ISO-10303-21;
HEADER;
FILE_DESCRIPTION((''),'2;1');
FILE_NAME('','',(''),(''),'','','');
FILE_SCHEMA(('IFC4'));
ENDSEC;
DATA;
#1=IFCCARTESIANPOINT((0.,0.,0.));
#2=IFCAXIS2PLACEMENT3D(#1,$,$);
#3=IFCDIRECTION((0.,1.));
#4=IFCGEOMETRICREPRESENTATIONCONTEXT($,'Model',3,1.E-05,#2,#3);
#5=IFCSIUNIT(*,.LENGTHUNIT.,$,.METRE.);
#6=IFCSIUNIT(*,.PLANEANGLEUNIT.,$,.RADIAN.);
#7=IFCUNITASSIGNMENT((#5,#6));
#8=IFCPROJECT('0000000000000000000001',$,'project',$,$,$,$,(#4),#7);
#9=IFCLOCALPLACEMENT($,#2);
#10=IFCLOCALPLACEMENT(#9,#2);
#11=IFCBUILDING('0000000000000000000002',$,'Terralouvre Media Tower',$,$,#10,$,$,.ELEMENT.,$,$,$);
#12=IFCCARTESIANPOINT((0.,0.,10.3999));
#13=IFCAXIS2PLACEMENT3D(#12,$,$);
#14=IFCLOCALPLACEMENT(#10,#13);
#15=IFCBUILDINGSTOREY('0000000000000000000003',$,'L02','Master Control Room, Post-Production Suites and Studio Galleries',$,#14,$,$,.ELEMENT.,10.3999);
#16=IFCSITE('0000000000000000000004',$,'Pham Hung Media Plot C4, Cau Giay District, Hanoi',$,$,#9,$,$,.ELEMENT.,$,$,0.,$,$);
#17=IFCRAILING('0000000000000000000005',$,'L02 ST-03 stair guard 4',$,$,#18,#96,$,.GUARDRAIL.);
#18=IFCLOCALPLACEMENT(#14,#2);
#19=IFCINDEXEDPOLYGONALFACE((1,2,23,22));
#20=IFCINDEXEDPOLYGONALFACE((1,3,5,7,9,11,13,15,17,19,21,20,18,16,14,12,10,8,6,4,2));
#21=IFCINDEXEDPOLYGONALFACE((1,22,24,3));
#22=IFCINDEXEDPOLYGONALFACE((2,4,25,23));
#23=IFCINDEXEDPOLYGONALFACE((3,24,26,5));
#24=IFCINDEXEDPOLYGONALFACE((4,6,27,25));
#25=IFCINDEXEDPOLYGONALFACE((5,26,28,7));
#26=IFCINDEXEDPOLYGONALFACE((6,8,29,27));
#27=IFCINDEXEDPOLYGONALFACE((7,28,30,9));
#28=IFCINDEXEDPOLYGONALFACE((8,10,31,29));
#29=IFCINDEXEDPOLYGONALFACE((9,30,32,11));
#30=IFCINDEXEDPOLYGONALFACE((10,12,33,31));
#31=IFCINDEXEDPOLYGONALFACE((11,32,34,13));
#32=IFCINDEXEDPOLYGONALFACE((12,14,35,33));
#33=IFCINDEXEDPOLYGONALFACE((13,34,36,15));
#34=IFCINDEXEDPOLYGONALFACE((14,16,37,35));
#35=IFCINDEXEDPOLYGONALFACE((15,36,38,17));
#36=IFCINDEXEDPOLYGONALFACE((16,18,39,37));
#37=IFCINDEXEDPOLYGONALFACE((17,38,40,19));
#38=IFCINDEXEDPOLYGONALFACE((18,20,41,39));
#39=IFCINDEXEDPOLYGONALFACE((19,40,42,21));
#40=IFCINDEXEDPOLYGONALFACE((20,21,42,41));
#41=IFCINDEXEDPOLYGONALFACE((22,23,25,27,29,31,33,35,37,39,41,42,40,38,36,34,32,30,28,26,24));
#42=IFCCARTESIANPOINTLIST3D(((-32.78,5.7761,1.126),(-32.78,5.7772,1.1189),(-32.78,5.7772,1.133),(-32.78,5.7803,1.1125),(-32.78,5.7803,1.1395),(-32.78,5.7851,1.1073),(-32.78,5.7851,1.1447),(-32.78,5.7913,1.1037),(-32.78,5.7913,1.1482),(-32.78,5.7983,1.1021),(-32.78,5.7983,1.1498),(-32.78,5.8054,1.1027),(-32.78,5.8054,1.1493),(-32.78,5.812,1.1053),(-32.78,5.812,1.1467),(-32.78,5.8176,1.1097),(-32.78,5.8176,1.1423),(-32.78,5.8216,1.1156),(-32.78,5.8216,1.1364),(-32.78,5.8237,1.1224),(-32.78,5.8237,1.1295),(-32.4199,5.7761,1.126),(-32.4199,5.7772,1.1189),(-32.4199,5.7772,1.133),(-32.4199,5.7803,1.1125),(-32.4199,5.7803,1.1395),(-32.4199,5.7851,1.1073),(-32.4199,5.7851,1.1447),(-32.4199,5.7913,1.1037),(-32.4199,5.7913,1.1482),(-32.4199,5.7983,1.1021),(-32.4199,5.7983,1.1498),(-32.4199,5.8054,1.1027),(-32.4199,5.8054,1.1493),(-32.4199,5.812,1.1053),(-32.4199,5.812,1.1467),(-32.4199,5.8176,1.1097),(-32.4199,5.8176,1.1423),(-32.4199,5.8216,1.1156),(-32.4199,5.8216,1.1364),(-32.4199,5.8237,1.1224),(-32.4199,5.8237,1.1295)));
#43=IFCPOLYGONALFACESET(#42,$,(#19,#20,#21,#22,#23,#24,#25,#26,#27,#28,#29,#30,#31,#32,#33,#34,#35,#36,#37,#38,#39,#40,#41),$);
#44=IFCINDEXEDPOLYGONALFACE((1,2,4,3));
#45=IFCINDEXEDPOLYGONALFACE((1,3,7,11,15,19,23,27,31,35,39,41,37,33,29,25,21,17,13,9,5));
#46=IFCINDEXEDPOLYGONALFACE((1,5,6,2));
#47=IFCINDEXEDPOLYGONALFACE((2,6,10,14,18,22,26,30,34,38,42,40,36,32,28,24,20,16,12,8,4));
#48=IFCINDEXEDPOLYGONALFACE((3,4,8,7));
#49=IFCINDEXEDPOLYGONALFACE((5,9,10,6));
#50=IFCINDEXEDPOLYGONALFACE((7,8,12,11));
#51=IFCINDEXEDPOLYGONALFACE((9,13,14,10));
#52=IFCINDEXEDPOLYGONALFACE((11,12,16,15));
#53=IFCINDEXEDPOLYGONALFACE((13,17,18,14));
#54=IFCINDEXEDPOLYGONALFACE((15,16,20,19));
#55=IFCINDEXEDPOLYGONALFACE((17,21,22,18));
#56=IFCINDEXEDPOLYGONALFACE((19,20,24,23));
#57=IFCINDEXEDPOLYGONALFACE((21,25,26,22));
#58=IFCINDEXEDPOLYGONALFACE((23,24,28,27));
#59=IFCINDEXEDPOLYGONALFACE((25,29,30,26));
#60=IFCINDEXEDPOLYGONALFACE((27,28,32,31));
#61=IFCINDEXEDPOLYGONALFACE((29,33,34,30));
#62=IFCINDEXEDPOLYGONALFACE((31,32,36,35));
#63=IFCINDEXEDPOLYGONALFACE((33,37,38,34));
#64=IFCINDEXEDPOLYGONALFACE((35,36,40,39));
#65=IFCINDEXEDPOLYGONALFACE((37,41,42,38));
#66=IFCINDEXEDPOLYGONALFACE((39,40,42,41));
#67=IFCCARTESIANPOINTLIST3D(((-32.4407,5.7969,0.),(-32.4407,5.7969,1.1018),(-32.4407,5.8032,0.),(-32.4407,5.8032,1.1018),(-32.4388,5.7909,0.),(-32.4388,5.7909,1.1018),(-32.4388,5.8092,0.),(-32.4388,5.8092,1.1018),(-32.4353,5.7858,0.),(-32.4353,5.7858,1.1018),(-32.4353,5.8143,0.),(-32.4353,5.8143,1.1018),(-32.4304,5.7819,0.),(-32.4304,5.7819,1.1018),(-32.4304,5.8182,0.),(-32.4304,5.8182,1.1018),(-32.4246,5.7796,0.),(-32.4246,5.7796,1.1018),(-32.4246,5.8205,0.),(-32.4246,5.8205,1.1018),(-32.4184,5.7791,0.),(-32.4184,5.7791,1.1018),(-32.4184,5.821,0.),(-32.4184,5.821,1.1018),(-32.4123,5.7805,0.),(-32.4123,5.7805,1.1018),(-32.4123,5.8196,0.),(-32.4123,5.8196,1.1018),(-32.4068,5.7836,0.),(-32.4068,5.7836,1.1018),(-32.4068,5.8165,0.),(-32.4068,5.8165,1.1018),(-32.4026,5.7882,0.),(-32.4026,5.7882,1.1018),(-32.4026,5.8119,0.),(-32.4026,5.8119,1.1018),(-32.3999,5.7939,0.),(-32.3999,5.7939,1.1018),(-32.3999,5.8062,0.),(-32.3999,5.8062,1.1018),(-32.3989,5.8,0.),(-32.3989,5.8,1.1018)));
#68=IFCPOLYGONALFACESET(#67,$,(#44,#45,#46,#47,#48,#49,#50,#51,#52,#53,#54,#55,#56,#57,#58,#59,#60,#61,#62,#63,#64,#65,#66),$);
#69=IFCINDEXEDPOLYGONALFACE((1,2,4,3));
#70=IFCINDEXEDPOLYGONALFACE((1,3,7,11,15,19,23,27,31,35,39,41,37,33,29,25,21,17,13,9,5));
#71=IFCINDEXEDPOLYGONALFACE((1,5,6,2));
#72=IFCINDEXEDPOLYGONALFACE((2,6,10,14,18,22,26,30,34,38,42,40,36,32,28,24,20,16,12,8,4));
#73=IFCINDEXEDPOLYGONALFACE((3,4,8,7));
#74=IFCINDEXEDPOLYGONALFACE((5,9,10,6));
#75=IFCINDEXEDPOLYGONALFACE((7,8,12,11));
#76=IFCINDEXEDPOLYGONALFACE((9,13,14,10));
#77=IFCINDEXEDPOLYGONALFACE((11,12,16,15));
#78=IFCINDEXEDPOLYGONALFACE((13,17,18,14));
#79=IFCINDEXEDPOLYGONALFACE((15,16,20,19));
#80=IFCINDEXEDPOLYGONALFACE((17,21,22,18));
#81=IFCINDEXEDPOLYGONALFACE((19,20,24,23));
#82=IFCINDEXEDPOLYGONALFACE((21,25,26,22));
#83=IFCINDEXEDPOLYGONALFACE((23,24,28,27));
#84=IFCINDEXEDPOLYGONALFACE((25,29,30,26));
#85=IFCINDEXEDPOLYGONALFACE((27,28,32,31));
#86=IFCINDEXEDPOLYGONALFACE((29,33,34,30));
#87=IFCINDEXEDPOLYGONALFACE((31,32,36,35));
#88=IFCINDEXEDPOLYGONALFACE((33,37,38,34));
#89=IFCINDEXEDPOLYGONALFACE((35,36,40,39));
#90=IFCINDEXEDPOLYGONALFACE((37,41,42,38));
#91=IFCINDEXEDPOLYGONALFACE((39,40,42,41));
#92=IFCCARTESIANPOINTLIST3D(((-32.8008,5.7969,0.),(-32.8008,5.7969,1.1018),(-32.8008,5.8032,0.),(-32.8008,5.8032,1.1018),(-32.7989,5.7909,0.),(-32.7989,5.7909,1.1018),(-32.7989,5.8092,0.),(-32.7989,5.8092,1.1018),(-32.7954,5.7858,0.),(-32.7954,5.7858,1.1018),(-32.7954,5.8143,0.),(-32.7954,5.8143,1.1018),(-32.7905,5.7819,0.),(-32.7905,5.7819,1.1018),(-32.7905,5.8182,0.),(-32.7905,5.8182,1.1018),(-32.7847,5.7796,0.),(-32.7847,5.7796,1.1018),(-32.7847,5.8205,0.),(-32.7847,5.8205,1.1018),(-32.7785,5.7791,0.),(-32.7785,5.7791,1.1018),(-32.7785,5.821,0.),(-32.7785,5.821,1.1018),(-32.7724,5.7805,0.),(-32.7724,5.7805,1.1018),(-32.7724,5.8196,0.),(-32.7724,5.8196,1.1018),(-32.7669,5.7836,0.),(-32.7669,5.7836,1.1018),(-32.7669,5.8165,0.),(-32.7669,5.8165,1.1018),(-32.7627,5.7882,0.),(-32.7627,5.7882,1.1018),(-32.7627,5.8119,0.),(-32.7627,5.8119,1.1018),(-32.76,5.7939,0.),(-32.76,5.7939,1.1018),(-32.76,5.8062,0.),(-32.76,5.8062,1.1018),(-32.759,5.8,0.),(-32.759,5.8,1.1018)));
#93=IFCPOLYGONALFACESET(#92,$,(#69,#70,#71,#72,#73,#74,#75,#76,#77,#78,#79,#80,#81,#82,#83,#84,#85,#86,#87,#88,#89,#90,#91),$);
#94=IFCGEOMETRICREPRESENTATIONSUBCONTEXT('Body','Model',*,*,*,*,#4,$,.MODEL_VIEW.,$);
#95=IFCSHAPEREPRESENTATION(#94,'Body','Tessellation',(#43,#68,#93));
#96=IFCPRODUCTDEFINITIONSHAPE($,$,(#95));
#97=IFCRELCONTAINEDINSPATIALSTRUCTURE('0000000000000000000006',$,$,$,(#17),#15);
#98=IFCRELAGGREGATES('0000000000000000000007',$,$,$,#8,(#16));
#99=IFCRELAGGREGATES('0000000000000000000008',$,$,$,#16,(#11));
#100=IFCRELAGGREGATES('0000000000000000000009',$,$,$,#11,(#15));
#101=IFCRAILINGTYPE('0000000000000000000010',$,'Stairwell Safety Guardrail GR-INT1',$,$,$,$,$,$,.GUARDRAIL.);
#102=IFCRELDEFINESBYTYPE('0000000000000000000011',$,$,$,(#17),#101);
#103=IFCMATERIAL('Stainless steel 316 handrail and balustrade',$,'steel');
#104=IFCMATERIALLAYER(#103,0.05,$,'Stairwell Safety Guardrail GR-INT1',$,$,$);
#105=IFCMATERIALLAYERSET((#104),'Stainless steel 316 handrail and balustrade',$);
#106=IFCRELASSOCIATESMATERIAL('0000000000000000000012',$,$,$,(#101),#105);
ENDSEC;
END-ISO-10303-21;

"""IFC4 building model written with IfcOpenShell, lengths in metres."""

from ifc_helpers import new_model, si_unit, direction, frame, origin, origin_2d, place, context, subcontext, project, spatial, circle, extrude, material, layer, layer_set, type_object, element, save


model = new_model("IFC4")

# Units and contexts
model_context = context("Model", 3, precision=1e-05, world=origin(), true_north=direction((0.0, 1.0)))
body_context = subcontext(model_context, "Body", "Model", "MODEL_VIEW")
ifc_project = project(units=[si_unit("LENGTHUNIT", "METRE"), si_unit("PLANEANGLEUNIT", "RADIAN")], contexts=[model_context])

# Site, building, storey
site_placement = place(None, origin())
site = spatial("IfcSite", under=ifc_project, at=site_placement, Name="Pham Hung Media Plot C4, Cau Giay District, Hanoi", CompositionType="ELEMENT", RefElevation=0.0)
building_placement = place(site_placement, origin())
building = spatial("IfcBuilding", under=site, at=building_placement, Name="Terralouvre Media Tower", CompositionType="ELEMENT")
storey_placement = place(building_placement, frame((0.0, 0.0, 10.3999)))
storey = spatial("IfcBuildingStorey", under=building, at=storey_placement, Name="L02", Description="Master Control Room, Post-Production Suites and Studio Galleries", CompositionType="ELEMENT", Elevation=10.3999)

# Railing
ifc_material_1 = material(Name="Stainless steel 316 handrail and balustrade", Category="steel")
ifc_layer_1 = layer(ifc_material_1, 0.05, Name="Stairwell Safety Guardrail GR-INT1")
ifc_layer_set_1 = layer_set([ifc_layer_1], Name="Stainless steel 316 handrail and balustrade")
railing_type_1 = type_object("IfcRailingType", Name="Stairwell Safety Guardrail GR-INT1", PredefinedType="GUARDRAIL", material=ifc_layer_set_1)
railing_1_placement = place(storey_placement, frame((-32.4199, 5.8, 0.0)))
element("IfcRailing", 1, at=railing_1_placement, inside=storey, type_object=railing_type_1, Name="L02 ST-03 stair guard 4", PredefinedType="GUARDRAIL", context=body_context, shape_type="SweptSolid", body=[
    extrude(circle(Radius=0.0239, at=origin_2d()), frame((0.0, 0.0, 1.126), z_axis=(-1.0, 0.0, 0.0), x_axis=(0.0, -1.0, 0.0)), (0.0, 0.0, 1.0), 0.3601),
    extrude(circle(Radius=0.021, at=origin_2d()), origin(), (0.0, 0.0, 1.0), 1.1018),
    extrude(circle(Radius=0.021, at=origin_2d()), frame((-0.3601, 0.0, 0.0)), (0.0, 0.0, 1.0), 1.1018),
])

save(model, "model.ifc")
